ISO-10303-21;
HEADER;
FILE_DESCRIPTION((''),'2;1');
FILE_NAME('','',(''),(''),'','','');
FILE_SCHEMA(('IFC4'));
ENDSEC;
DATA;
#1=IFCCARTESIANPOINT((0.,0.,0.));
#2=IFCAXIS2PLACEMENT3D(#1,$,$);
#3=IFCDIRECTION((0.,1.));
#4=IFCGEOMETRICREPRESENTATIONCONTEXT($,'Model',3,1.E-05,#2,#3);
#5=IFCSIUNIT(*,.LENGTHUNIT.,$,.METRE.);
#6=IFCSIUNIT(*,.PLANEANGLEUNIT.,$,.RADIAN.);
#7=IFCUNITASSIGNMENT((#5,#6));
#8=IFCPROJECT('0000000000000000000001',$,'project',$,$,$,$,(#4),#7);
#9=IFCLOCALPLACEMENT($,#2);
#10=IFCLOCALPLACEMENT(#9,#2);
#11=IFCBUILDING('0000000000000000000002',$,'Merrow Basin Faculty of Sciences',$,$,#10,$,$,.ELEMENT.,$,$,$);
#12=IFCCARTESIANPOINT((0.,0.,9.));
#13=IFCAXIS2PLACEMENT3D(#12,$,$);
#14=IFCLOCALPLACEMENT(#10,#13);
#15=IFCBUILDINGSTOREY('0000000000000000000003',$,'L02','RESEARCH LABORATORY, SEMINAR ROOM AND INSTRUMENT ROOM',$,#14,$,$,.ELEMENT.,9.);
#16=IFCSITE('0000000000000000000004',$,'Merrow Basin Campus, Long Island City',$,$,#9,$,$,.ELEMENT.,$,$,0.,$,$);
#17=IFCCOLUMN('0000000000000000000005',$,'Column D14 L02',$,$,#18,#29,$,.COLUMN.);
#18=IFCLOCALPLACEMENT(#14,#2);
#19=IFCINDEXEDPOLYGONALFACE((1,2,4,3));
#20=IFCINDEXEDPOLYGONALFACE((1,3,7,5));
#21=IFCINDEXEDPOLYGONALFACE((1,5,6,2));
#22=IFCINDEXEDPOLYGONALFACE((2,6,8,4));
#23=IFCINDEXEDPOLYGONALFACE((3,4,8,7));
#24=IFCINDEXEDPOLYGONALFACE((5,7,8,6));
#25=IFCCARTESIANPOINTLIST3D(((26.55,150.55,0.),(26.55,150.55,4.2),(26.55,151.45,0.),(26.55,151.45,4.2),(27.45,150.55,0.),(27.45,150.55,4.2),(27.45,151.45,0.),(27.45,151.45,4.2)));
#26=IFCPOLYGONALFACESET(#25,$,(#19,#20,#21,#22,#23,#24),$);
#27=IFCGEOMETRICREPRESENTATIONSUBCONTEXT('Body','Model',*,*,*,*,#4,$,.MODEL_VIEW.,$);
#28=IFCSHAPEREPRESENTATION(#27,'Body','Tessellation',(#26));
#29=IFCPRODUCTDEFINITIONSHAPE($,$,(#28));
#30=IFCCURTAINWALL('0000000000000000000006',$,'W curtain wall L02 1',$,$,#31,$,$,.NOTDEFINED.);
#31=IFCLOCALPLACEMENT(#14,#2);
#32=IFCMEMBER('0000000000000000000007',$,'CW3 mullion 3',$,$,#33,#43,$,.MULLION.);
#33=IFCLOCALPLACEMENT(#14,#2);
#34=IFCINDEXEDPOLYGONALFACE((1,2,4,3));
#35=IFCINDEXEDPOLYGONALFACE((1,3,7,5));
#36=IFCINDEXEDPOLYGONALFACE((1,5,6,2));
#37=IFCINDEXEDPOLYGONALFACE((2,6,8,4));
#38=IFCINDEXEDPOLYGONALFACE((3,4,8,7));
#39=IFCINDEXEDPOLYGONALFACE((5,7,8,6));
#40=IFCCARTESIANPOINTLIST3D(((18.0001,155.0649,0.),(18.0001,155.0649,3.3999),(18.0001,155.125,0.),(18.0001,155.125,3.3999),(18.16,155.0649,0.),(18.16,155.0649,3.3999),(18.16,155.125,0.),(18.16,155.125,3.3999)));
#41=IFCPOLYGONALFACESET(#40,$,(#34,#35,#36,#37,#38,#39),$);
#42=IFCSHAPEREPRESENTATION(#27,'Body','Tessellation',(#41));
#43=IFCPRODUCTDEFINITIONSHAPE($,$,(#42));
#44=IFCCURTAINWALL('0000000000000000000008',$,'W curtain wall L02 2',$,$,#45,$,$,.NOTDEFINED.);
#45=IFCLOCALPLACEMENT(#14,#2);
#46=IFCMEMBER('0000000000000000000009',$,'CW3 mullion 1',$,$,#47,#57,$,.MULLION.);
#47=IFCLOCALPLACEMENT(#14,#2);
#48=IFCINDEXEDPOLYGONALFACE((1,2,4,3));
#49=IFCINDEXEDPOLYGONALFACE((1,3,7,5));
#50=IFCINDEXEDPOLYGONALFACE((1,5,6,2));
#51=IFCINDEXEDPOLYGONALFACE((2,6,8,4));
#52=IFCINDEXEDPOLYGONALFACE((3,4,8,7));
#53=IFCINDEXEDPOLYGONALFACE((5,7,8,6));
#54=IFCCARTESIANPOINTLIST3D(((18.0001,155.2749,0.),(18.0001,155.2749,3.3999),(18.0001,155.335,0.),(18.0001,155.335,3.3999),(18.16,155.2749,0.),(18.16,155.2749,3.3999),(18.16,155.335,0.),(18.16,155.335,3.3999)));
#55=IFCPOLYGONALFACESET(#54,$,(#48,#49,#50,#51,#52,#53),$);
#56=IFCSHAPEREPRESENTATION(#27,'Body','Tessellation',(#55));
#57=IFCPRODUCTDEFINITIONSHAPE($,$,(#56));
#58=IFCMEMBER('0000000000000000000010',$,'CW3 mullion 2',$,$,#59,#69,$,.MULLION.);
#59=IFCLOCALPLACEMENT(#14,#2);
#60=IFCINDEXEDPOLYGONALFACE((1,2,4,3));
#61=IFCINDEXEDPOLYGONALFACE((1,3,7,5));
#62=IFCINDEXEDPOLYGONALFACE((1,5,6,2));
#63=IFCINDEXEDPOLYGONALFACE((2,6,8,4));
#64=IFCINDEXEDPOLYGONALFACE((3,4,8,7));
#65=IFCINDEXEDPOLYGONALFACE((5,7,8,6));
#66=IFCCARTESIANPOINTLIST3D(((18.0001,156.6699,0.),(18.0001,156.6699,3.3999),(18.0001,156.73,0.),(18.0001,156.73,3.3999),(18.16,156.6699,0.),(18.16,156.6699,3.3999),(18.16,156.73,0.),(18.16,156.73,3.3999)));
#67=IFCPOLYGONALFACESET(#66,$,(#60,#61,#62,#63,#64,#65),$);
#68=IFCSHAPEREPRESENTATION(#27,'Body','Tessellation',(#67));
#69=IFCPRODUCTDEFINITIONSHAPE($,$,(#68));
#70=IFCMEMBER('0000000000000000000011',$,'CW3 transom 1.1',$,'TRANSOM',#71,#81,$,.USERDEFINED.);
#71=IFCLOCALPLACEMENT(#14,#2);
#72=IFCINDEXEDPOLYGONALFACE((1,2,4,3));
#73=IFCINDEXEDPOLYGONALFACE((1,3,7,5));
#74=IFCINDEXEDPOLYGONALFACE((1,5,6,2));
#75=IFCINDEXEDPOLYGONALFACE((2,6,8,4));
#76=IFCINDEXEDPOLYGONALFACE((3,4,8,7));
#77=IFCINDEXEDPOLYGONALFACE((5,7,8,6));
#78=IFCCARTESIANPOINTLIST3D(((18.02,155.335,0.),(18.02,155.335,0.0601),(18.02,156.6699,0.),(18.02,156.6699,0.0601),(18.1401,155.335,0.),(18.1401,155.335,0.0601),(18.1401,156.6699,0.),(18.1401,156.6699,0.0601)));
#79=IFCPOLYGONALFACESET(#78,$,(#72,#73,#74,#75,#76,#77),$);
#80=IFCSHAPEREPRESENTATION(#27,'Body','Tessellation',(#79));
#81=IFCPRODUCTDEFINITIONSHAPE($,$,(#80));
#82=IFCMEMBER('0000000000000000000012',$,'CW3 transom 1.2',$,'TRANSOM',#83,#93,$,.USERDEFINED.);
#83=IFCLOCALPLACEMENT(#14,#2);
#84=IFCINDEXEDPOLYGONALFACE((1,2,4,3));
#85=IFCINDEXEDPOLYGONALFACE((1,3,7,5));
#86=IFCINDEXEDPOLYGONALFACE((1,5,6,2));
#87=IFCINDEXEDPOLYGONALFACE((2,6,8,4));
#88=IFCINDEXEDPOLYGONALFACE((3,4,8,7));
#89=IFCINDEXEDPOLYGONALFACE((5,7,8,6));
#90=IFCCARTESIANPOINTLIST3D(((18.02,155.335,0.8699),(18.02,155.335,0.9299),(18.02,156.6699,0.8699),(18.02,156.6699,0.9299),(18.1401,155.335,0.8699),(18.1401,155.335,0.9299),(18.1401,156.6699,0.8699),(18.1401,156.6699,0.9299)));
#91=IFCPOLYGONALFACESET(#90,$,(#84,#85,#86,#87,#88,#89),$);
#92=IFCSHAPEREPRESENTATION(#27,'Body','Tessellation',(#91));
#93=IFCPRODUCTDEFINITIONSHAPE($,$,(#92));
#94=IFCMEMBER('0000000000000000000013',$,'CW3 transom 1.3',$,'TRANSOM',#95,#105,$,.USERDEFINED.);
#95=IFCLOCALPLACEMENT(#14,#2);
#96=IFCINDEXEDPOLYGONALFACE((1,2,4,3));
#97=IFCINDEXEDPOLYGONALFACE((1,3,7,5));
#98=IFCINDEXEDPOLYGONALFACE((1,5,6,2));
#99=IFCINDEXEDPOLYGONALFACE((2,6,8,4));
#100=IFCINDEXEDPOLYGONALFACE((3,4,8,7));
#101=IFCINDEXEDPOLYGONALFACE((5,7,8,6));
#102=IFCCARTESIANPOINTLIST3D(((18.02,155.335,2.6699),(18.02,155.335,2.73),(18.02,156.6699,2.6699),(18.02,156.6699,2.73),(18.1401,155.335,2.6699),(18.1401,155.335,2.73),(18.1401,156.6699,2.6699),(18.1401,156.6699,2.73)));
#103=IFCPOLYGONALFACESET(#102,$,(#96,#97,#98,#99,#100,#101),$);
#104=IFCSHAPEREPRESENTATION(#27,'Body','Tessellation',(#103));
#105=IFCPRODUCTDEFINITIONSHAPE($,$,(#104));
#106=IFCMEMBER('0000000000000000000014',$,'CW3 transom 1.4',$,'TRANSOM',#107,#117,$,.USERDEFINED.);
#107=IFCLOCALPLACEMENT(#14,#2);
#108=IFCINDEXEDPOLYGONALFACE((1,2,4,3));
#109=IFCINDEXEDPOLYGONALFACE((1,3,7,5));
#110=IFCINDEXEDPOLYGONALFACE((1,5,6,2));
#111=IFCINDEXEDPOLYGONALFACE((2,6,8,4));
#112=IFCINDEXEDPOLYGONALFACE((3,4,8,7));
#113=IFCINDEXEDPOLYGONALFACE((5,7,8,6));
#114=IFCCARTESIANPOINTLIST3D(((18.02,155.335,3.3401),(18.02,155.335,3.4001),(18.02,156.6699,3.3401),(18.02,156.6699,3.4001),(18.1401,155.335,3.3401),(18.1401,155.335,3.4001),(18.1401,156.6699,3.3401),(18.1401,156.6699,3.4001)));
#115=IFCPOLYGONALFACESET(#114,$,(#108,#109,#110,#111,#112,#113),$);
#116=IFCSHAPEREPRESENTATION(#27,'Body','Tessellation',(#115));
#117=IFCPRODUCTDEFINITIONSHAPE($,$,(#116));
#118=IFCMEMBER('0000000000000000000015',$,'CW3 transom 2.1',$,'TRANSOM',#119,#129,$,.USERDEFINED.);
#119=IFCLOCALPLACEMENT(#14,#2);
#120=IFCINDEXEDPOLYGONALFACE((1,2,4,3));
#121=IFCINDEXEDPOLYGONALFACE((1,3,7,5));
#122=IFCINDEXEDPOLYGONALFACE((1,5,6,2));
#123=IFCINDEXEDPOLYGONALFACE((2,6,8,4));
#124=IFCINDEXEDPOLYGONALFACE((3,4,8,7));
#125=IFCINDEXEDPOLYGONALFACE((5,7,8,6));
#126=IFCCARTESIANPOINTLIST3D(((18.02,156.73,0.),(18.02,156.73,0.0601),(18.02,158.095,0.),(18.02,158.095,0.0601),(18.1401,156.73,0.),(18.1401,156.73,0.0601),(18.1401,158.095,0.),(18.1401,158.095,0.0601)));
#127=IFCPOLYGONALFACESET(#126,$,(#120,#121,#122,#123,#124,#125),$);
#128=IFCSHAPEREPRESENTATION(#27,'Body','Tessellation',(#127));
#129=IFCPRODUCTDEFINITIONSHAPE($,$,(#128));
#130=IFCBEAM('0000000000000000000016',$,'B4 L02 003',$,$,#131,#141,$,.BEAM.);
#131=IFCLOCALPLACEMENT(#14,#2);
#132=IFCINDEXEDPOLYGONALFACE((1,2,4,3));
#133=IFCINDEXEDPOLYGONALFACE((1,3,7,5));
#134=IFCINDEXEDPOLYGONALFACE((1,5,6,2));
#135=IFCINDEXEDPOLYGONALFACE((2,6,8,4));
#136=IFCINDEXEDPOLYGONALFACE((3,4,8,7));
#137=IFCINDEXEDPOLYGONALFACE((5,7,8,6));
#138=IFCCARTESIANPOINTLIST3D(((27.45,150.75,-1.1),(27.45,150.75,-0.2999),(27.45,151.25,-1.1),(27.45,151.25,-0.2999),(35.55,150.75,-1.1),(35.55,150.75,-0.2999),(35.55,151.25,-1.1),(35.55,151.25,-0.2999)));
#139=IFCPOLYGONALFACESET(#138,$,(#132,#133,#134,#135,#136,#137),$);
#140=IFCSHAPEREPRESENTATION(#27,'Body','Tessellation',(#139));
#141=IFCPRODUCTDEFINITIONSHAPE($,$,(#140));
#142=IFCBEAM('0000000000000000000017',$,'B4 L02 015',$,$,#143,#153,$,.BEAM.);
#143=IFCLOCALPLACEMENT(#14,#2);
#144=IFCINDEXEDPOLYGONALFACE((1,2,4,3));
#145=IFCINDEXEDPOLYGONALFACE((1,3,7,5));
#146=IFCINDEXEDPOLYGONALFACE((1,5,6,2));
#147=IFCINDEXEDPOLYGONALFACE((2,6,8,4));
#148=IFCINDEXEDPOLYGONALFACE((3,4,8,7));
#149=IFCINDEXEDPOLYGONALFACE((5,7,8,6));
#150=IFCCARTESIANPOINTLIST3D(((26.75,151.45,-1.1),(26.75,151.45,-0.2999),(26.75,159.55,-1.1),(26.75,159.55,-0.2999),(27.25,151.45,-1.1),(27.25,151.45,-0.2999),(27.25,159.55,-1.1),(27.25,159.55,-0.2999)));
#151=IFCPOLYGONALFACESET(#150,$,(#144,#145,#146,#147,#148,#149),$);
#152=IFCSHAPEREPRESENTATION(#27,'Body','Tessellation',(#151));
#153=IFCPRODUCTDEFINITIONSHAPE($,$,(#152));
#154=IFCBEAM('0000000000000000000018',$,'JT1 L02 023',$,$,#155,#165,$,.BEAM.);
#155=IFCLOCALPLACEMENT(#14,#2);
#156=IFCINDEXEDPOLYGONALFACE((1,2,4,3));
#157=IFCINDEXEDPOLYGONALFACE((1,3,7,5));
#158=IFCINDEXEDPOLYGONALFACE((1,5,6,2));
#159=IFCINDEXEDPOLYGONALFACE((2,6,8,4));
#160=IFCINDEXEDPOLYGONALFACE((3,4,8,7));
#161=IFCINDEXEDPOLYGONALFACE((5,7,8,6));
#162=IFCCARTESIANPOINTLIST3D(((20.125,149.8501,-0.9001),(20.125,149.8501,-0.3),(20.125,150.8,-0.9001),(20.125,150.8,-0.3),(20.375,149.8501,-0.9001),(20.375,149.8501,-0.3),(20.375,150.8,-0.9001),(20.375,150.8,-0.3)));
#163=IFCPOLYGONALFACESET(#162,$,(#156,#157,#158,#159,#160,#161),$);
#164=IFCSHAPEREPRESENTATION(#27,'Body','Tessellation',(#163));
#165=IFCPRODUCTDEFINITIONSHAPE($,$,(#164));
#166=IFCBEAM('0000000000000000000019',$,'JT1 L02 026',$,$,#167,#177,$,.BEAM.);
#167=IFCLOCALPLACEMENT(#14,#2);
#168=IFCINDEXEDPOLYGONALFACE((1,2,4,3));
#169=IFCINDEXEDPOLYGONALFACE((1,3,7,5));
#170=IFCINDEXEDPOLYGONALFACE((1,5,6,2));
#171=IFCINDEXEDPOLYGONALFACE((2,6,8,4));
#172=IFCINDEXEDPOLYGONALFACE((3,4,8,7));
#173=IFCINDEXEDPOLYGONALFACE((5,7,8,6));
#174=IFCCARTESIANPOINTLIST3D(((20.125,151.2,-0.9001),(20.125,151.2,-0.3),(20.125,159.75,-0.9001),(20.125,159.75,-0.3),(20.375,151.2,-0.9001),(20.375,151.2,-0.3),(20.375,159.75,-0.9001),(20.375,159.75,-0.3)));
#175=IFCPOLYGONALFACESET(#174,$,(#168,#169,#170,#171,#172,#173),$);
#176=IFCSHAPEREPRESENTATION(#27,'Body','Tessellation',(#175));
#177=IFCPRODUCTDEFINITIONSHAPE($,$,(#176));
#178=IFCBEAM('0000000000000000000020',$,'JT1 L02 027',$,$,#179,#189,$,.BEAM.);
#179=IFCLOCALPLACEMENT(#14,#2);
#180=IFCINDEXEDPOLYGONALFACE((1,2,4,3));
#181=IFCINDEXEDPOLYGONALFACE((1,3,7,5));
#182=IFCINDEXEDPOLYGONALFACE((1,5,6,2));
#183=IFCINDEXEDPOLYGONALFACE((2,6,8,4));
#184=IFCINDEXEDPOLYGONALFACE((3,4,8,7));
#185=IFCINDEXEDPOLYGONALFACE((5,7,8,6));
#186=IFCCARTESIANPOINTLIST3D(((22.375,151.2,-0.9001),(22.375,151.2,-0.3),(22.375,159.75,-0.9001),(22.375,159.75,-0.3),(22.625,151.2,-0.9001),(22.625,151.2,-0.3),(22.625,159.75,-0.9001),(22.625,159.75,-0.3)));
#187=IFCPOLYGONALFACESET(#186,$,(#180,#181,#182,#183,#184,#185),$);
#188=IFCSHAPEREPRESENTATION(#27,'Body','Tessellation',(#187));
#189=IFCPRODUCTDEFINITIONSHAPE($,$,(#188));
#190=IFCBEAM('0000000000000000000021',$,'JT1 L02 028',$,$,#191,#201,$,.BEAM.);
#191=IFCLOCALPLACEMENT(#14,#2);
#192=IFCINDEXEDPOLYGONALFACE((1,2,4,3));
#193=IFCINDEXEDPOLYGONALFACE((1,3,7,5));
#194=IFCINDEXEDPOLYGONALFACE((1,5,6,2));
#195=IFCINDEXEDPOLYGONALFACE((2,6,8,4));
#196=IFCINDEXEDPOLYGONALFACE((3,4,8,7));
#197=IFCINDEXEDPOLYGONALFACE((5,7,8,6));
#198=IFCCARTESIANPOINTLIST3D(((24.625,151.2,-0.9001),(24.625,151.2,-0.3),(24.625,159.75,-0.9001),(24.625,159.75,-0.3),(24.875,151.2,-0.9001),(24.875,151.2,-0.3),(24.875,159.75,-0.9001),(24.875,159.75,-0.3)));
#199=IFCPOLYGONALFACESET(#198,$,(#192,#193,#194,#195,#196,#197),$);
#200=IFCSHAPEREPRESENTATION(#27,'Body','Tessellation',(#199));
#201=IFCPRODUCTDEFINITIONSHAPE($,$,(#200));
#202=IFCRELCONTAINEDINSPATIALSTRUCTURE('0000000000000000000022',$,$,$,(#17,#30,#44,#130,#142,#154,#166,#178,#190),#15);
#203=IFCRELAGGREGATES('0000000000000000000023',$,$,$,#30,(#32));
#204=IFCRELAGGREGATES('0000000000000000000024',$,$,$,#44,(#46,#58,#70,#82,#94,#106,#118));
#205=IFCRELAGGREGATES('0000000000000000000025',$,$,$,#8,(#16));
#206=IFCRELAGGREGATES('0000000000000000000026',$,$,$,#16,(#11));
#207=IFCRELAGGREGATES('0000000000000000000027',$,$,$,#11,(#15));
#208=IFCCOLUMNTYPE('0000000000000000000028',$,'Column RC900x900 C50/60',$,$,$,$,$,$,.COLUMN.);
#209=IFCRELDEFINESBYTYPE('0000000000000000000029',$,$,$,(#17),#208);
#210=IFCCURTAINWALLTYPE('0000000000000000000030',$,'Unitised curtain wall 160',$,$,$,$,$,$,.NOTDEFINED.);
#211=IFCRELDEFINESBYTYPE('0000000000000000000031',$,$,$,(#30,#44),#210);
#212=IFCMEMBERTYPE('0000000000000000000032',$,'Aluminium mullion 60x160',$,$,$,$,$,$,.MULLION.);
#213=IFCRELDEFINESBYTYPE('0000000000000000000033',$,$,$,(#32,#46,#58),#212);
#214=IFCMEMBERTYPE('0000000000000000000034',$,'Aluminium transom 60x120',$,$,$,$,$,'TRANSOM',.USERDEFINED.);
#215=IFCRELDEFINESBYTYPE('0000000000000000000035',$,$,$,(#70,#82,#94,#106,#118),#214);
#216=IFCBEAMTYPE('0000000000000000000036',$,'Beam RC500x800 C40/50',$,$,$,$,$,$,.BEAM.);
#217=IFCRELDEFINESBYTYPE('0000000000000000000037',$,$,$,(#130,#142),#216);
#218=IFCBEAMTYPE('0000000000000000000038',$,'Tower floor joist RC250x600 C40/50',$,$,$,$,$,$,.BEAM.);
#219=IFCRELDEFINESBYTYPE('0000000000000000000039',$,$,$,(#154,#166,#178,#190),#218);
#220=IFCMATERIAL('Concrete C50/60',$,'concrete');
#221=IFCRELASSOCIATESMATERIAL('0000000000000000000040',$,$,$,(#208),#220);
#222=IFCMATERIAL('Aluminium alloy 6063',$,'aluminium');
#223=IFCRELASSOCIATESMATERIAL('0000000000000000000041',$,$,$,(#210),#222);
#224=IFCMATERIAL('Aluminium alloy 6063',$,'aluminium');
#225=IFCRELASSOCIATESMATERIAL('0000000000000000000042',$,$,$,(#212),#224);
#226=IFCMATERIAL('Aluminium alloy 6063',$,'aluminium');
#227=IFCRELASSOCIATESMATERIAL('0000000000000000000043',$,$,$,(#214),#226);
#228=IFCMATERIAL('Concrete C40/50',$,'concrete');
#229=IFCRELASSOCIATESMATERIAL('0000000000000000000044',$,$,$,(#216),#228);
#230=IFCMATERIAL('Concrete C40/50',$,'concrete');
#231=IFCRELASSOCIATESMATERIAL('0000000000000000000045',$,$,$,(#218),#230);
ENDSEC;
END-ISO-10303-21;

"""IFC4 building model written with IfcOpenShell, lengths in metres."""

from ifc_helpers import new_model, si_unit, direction, frame, origin, origin_2d, place, context, subcontext, project, spatial, rectangle, extrude, material, material_profile, profile_set, type_object, element, aggregate, save


model = new_model("IFC4")

# Units and contexts
model_context = context("Model", 3, precision=1e-05, world=origin(), true_north=direction((0.0, 1.0)))
body_context = subcontext(model_context, "Body", "Model", "MODEL_VIEW")
ifc_project = project(units=[si_unit("LENGTHUNIT", "METRE"), si_unit("PLANEANGLEUNIT", "RADIAN")], contexts=[model_context])

# Site, building, storey
site_placement = place(None, origin())
site = spatial("IfcSite", under=ifc_project, at=site_placement, Name="Merrow Basin Campus, Long Island City", CompositionType="ELEMENT", RefElevation=0.0)
building_placement = place(site_placement, origin())
building = spatial("IfcBuilding", under=site, at=building_placement, Name="Merrow Basin Faculty of Sciences", CompositionType="ELEMENT")
storey_placement = place(building_placement, frame((0.0, 0.0, 9.0)))
storey = spatial("IfcBuildingStorey", under=building, at=storey_placement, Name="L02", Description="RESEARCH LABORATORY, SEMINAR ROOM AND INSTRUMENT ROOM", CompositionType="ELEMENT", Elevation=9.0)

# Column
ifc_material_1 = material(Name="Concrete C50/60", Category="concrete")
ifc_material_profile_1 = material_profile(ifc_material_1, rectangle(XDim=0.8999, YDim=0.8999, at=origin_2d()))
ifc_profile_set_1 = profile_set([ifc_material_profile_1], Name="Concrete C50/60")
column_type = type_object("IfcColumnType", Name="Column RC900x900 C50/60", PredefinedType="COLUMN", material=ifc_profile_set_1)
column_placement = place(storey_placement, frame((27.0, 151.0, 0.0), z_axis=(0.0, 0.0, 1.0), x_axis=(1.0, 0.0, 0.0)))
element("IfcColumn", 1, at=column_placement, inside=storey, type_object=column_type, Name="Column D14 L02", PredefinedType="COLUMN", context=body_context, shape_type="SweptSolid", body=[
    extrude(rectangle(XDim=0.8999, YDim=0.8999, at=origin_2d()), origin(), (0.0, 0.0, 1.0), 4.2),
])

# Curtain wall, member
ifc_material_2 = material(Name="Aluminium alloy 6063", Category="aluminium")
curtain_wall_type = type_object("IfcCurtainWallType", Name="Unitised curtain wall 160", PredefinedType="NOTDEFINED", material=ifc_material_2)
curtain_wall_1_placement = place(storey_placement, origin())
curtain_wall_1 = element("IfcCurtainWall", 2, at=curtain_wall_1_placement, inside=storey, type_object=curtain_wall_type, Name="W curtain wall L02 1", PredefinedType="NOTDEFINED")
ifc_material_3 = material(Name="Aluminium alloy 6063", Category="aluminium")
ifc_material_profile_2 = material_profile(ifc_material_3, rectangle(XDim=0.1599, YDim=0.0601, at=origin_2d()))
ifc_profile_set_2 = profile_set([ifc_material_profile_2], Name="Aluminium alloy 6063")
member_type_1 = type_object("IfcMemberType", Name="Aluminium mullion 60x160", PredefinedType="MULLION", material=ifc_profile_set_2)
member_1_placement = place(storey_placement, frame((18.0801, 155.095, 0.0), z_axis=(0.0, 0.0, 1.0), x_axis=(-1.0, 0.0, 0.0)))
member_1 = element("IfcMember", 3, at=member_1_placement, type_object=member_type_1, Name="CW3 mullion 3", PredefinedType="MULLION", context=body_context, shape_type="SweptSolid", body=[
    extrude(rectangle(XDim=0.1599, YDim=0.0601, at=origin_2d()), origin(), (0.0, 0.0, 1.0), 3.3999),
])
aggregate(curtain_wall_1, [member_1])

# Curtain wall, members
curtain_wall_2_placement = place(storey_placement, origin())
curtain_wall_2 = element("IfcCurtainWall", 4, at=curtain_wall_2_placement, inside=storey, type_object=curtain_wall_type, Name="W curtain wall L02 2", PredefinedType="NOTDEFINED")
member_2_placement = place(storey_placement, frame((18.0801, 155.3049, 0.0), z_axis=(0.0, 0.0, 1.0), x_axis=(-1.0, 0.0, 0.0)))
member_2 = element("IfcMember", 5, at=member_2_placement, type_object=member_type_1, Name="CW3 mullion 1", PredefinedType="MULLION", context=body_context, shape_type="SweptSolid", body=[
    extrude(rectangle(XDim=0.1599, YDim=0.0601, at=origin_2d()), origin(), (0.0, 0.0, 1.0), 3.3999),
])
member_3_placement = place(storey_placement, frame((18.0801, 156.7, 0.0), z_axis=(0.0, 0.0, 1.0), x_axis=(-1.0, 0.0, 0.0)))
member_3 = element("IfcMember", 6, at=member_3_placement, type_object=member_type_1, Name="CW3 mullion 2", PredefinedType="MULLION", context=body_context, shape_type="SweptSolid", body=[
    extrude(rectangle(XDim=0.1599, YDim=0.0601, at=origin_2d()), origin(), (0.0, 0.0, 1.0), 3.3999),
])
ifc_material_4 = material(Name="Aluminium alloy 6063", Category="aluminium")
ifc_material_profile_3 = material_profile(ifc_material_4, rectangle(XDim=0.1201, YDim=0.0601, at=origin_2d()))
ifc_profile_set_3 = profile_set([ifc_material_profile_3], Name="Aluminium alloy 6063")
member_type_2 = type_object("IfcMemberType", Name="Aluminium transom 60x120", ElementType="TRANSOM", PredefinedType="USERDEFINED", material=ifc_profile_set_3)
member_4_placement = place(storey_placement, frame((18.0801, 155.335, 0.03), z_axis=(0.0, 1.0, 0.0), x_axis=(-1.0, 0.0, 0.0)))
member_4 = element("IfcMember", 7, at=member_4_placement, type_object=member_type_2, Name="CW3 transom 1.1", ObjectType="TRANSOM", PredefinedType="USERDEFINED", context=body_context, shape_type="SweptSolid", body=[
    extrude(rectangle(XDim=0.1201, YDim=0.0601, at=origin_2d()), origin(), (0.0, 0.0, 1.0), 1.335),
])
member_5_placement = place(storey_placement, frame((18.0801, 155.335, 0.8999), z_axis=(0.0, 1.0, 0.0), x_axis=(-1.0, 0.0, 0.0)))
member_5 = element("IfcMember", 8, at=member_5_placement, type_object=member_type_2, Name="CW3 transom 1.2", ObjectType="TRANSOM", PredefinedType="USERDEFINED", context=body_context, shape_type="SweptSolid", body=[
    extrude(rectangle(XDim=0.1201, YDim=0.0601, at=origin_2d()), origin(), (0.0, 0.0, 1.0), 1.335),
])
member_6_placement = place(storey_placement, frame((18.0801, 155.335, 2.7), z_axis=(0.0, 1.0, 0.0), x_axis=(-1.0, 0.0, 0.0)))
member_6 = element("IfcMember", 9, at=member_6_placement, type_object=member_type_2, Name="CW3 transom 1.3", ObjectType="TRANSOM", PredefinedType="USERDEFINED", context=body_context, shape_type="SweptSolid", body=[
    extrude(rectangle(XDim=0.1201, YDim=0.0601, at=origin_2d()), origin(), (0.0, 0.0, 1.0), 1.335),
])
member_7_placement = place(storey_placement, frame((18.0801, 155.335, 3.3701), z_axis=(0.0, 1.0, 0.0), x_axis=(-1.0, 0.0, 0.0)))
member_7 = element("IfcMember", 10, at=member_7_placement, type_object=member_type_2, Name="CW3 transom 1.4", ObjectType="TRANSOM", PredefinedType="USERDEFINED", context=body_context, shape_type="SweptSolid", body=[
    extrude(rectangle(XDim=0.1201, YDim=0.0601, at=origin_2d()), origin(), (0.0, 0.0, 1.0), 1.335),
])
member_8_placement = place(storey_placement, frame((18.0801, 156.73, 0.03), z_axis=(0.0, 1.0, 0.0), x_axis=(-1.0, 0.0, 0.0)))
member_8 = element("IfcMember", 11, at=member_8_placement, type_object=member_type_2, Name="CW3 transom 2.1", ObjectType="TRANSOM", PredefinedType="USERDEFINED", context=body_context, shape_type="SweptSolid", body=[
    extrude(rectangle(XDim=0.1201, YDim=0.0601, at=origin_2d()), origin(), (0.0, 0.0, 1.0), 1.365),
])

# Beams
ifc_material_5 = material(Name="Concrete C40/50", Category="concrete")
ifc_material_profile_4 = material_profile(ifc_material_5, rectangle(XDim=0.5, YDim=0.8, at=origin_2d()))
ifc_profile_set_4 = profile_set([ifc_material_profile_4], Name="Concrete C40/50")
beam_type_1 = type_object("IfcBeamType", Name="Beam RC500x800 C40/50", PredefinedType="BEAM", material=ifc_profile_set_4)
for number, where, z_axis, x_axis, name in (
    (12, (27.45, 151.0, -0.7), (1.0, 0.0, 0.0), (0.0, 1.0, 0.0), "B4 L02 003"),
    (13, (27.0, 151.45, -0.7), (0.0, 1.0, 0.0), (-1.0, 0.0, 0.0), "B4 L02 015"),
):
    element("IfcBeam", number, at=place(storey_placement, frame(where, z_axis=z_axis, x_axis=x_axis)), inside=storey, type_object=beam_type_1, Name=name, PredefinedType="BEAM", context=body_context, shape_type="SweptSolid", body=[
        extrude(rectangle(XDim=0.5, YDim=0.8, at=origin_2d()), origin(), (0.0, 0.0, 1.0), 8.1001),
    ])
ifc_material_6 = material(Name="Concrete C40/50", Category="concrete")
ifc_material_profile_5 = material_profile(ifc_material_6, rectangle(XDim=0.25, YDim=0.6001, at=origin_2d()))
ifc_profile_set_5 = profile_set([ifc_material_profile_5], Name="Concrete C40/50")
beam_type_2 = type_object("IfcBeamType", Name="Tower floor joist RC250x600 C40/50", PredefinedType="BEAM", material=ifc_profile_set_5)
beam_placement = place(storey_placement, frame((20.25, 149.8501, -0.6001), z_axis=(0.0, 1.0, 0.0), x_axis=(-1.0, 0.0, 0.0)))
element("IfcBeam", 14, at=beam_placement, inside=storey, type_object=beam_type_2, Name="JT1 L02 023", PredefinedType="BEAM", context=body_context, shape_type="SweptSolid", body=[
    extrude(rectangle(XDim=0.25, YDim=0.6001, at=origin_2d()), origin(), (0.0, 0.0, 1.0), 0.95),
])
for number, where, z_axis, x_axis, name in (
    (15, (20.25, 151.2, -0.6001), (0.0, 1.0, 0.0), (-1.0, 0.0, 0.0), "JT1 L02 026"),
    (16, (22.5, 151.2, -0.6001), (0.0, 1.0, 0.0), (-1.0, 0.0, 0.0), "JT1 L02 027"),
    (17, (24.75, 151.2, -0.6001), (0.0, 1.0, 0.0), (-1.0, 0.0, 0.0), "JT1 L02 028"),
):
    element("IfcBeam", number, at=place(storey_placement, frame(where, z_axis=z_axis, x_axis=x_axis)), inside=storey, type_object=beam_type_2, Name=name, PredefinedType="BEAM", context=body_context, shape_type="SweptSolid", body=[
        extrude(rectangle(XDim=0.25, YDim=0.6001, at=origin_2d()), origin(), (0.0, 0.0, 1.0), 8.55),
    ])

aggregate(curtain_wall_2, [member_2, member_3, member_4, member_5, member_6, member_7, member_8])

save(model, "model.ifc")
